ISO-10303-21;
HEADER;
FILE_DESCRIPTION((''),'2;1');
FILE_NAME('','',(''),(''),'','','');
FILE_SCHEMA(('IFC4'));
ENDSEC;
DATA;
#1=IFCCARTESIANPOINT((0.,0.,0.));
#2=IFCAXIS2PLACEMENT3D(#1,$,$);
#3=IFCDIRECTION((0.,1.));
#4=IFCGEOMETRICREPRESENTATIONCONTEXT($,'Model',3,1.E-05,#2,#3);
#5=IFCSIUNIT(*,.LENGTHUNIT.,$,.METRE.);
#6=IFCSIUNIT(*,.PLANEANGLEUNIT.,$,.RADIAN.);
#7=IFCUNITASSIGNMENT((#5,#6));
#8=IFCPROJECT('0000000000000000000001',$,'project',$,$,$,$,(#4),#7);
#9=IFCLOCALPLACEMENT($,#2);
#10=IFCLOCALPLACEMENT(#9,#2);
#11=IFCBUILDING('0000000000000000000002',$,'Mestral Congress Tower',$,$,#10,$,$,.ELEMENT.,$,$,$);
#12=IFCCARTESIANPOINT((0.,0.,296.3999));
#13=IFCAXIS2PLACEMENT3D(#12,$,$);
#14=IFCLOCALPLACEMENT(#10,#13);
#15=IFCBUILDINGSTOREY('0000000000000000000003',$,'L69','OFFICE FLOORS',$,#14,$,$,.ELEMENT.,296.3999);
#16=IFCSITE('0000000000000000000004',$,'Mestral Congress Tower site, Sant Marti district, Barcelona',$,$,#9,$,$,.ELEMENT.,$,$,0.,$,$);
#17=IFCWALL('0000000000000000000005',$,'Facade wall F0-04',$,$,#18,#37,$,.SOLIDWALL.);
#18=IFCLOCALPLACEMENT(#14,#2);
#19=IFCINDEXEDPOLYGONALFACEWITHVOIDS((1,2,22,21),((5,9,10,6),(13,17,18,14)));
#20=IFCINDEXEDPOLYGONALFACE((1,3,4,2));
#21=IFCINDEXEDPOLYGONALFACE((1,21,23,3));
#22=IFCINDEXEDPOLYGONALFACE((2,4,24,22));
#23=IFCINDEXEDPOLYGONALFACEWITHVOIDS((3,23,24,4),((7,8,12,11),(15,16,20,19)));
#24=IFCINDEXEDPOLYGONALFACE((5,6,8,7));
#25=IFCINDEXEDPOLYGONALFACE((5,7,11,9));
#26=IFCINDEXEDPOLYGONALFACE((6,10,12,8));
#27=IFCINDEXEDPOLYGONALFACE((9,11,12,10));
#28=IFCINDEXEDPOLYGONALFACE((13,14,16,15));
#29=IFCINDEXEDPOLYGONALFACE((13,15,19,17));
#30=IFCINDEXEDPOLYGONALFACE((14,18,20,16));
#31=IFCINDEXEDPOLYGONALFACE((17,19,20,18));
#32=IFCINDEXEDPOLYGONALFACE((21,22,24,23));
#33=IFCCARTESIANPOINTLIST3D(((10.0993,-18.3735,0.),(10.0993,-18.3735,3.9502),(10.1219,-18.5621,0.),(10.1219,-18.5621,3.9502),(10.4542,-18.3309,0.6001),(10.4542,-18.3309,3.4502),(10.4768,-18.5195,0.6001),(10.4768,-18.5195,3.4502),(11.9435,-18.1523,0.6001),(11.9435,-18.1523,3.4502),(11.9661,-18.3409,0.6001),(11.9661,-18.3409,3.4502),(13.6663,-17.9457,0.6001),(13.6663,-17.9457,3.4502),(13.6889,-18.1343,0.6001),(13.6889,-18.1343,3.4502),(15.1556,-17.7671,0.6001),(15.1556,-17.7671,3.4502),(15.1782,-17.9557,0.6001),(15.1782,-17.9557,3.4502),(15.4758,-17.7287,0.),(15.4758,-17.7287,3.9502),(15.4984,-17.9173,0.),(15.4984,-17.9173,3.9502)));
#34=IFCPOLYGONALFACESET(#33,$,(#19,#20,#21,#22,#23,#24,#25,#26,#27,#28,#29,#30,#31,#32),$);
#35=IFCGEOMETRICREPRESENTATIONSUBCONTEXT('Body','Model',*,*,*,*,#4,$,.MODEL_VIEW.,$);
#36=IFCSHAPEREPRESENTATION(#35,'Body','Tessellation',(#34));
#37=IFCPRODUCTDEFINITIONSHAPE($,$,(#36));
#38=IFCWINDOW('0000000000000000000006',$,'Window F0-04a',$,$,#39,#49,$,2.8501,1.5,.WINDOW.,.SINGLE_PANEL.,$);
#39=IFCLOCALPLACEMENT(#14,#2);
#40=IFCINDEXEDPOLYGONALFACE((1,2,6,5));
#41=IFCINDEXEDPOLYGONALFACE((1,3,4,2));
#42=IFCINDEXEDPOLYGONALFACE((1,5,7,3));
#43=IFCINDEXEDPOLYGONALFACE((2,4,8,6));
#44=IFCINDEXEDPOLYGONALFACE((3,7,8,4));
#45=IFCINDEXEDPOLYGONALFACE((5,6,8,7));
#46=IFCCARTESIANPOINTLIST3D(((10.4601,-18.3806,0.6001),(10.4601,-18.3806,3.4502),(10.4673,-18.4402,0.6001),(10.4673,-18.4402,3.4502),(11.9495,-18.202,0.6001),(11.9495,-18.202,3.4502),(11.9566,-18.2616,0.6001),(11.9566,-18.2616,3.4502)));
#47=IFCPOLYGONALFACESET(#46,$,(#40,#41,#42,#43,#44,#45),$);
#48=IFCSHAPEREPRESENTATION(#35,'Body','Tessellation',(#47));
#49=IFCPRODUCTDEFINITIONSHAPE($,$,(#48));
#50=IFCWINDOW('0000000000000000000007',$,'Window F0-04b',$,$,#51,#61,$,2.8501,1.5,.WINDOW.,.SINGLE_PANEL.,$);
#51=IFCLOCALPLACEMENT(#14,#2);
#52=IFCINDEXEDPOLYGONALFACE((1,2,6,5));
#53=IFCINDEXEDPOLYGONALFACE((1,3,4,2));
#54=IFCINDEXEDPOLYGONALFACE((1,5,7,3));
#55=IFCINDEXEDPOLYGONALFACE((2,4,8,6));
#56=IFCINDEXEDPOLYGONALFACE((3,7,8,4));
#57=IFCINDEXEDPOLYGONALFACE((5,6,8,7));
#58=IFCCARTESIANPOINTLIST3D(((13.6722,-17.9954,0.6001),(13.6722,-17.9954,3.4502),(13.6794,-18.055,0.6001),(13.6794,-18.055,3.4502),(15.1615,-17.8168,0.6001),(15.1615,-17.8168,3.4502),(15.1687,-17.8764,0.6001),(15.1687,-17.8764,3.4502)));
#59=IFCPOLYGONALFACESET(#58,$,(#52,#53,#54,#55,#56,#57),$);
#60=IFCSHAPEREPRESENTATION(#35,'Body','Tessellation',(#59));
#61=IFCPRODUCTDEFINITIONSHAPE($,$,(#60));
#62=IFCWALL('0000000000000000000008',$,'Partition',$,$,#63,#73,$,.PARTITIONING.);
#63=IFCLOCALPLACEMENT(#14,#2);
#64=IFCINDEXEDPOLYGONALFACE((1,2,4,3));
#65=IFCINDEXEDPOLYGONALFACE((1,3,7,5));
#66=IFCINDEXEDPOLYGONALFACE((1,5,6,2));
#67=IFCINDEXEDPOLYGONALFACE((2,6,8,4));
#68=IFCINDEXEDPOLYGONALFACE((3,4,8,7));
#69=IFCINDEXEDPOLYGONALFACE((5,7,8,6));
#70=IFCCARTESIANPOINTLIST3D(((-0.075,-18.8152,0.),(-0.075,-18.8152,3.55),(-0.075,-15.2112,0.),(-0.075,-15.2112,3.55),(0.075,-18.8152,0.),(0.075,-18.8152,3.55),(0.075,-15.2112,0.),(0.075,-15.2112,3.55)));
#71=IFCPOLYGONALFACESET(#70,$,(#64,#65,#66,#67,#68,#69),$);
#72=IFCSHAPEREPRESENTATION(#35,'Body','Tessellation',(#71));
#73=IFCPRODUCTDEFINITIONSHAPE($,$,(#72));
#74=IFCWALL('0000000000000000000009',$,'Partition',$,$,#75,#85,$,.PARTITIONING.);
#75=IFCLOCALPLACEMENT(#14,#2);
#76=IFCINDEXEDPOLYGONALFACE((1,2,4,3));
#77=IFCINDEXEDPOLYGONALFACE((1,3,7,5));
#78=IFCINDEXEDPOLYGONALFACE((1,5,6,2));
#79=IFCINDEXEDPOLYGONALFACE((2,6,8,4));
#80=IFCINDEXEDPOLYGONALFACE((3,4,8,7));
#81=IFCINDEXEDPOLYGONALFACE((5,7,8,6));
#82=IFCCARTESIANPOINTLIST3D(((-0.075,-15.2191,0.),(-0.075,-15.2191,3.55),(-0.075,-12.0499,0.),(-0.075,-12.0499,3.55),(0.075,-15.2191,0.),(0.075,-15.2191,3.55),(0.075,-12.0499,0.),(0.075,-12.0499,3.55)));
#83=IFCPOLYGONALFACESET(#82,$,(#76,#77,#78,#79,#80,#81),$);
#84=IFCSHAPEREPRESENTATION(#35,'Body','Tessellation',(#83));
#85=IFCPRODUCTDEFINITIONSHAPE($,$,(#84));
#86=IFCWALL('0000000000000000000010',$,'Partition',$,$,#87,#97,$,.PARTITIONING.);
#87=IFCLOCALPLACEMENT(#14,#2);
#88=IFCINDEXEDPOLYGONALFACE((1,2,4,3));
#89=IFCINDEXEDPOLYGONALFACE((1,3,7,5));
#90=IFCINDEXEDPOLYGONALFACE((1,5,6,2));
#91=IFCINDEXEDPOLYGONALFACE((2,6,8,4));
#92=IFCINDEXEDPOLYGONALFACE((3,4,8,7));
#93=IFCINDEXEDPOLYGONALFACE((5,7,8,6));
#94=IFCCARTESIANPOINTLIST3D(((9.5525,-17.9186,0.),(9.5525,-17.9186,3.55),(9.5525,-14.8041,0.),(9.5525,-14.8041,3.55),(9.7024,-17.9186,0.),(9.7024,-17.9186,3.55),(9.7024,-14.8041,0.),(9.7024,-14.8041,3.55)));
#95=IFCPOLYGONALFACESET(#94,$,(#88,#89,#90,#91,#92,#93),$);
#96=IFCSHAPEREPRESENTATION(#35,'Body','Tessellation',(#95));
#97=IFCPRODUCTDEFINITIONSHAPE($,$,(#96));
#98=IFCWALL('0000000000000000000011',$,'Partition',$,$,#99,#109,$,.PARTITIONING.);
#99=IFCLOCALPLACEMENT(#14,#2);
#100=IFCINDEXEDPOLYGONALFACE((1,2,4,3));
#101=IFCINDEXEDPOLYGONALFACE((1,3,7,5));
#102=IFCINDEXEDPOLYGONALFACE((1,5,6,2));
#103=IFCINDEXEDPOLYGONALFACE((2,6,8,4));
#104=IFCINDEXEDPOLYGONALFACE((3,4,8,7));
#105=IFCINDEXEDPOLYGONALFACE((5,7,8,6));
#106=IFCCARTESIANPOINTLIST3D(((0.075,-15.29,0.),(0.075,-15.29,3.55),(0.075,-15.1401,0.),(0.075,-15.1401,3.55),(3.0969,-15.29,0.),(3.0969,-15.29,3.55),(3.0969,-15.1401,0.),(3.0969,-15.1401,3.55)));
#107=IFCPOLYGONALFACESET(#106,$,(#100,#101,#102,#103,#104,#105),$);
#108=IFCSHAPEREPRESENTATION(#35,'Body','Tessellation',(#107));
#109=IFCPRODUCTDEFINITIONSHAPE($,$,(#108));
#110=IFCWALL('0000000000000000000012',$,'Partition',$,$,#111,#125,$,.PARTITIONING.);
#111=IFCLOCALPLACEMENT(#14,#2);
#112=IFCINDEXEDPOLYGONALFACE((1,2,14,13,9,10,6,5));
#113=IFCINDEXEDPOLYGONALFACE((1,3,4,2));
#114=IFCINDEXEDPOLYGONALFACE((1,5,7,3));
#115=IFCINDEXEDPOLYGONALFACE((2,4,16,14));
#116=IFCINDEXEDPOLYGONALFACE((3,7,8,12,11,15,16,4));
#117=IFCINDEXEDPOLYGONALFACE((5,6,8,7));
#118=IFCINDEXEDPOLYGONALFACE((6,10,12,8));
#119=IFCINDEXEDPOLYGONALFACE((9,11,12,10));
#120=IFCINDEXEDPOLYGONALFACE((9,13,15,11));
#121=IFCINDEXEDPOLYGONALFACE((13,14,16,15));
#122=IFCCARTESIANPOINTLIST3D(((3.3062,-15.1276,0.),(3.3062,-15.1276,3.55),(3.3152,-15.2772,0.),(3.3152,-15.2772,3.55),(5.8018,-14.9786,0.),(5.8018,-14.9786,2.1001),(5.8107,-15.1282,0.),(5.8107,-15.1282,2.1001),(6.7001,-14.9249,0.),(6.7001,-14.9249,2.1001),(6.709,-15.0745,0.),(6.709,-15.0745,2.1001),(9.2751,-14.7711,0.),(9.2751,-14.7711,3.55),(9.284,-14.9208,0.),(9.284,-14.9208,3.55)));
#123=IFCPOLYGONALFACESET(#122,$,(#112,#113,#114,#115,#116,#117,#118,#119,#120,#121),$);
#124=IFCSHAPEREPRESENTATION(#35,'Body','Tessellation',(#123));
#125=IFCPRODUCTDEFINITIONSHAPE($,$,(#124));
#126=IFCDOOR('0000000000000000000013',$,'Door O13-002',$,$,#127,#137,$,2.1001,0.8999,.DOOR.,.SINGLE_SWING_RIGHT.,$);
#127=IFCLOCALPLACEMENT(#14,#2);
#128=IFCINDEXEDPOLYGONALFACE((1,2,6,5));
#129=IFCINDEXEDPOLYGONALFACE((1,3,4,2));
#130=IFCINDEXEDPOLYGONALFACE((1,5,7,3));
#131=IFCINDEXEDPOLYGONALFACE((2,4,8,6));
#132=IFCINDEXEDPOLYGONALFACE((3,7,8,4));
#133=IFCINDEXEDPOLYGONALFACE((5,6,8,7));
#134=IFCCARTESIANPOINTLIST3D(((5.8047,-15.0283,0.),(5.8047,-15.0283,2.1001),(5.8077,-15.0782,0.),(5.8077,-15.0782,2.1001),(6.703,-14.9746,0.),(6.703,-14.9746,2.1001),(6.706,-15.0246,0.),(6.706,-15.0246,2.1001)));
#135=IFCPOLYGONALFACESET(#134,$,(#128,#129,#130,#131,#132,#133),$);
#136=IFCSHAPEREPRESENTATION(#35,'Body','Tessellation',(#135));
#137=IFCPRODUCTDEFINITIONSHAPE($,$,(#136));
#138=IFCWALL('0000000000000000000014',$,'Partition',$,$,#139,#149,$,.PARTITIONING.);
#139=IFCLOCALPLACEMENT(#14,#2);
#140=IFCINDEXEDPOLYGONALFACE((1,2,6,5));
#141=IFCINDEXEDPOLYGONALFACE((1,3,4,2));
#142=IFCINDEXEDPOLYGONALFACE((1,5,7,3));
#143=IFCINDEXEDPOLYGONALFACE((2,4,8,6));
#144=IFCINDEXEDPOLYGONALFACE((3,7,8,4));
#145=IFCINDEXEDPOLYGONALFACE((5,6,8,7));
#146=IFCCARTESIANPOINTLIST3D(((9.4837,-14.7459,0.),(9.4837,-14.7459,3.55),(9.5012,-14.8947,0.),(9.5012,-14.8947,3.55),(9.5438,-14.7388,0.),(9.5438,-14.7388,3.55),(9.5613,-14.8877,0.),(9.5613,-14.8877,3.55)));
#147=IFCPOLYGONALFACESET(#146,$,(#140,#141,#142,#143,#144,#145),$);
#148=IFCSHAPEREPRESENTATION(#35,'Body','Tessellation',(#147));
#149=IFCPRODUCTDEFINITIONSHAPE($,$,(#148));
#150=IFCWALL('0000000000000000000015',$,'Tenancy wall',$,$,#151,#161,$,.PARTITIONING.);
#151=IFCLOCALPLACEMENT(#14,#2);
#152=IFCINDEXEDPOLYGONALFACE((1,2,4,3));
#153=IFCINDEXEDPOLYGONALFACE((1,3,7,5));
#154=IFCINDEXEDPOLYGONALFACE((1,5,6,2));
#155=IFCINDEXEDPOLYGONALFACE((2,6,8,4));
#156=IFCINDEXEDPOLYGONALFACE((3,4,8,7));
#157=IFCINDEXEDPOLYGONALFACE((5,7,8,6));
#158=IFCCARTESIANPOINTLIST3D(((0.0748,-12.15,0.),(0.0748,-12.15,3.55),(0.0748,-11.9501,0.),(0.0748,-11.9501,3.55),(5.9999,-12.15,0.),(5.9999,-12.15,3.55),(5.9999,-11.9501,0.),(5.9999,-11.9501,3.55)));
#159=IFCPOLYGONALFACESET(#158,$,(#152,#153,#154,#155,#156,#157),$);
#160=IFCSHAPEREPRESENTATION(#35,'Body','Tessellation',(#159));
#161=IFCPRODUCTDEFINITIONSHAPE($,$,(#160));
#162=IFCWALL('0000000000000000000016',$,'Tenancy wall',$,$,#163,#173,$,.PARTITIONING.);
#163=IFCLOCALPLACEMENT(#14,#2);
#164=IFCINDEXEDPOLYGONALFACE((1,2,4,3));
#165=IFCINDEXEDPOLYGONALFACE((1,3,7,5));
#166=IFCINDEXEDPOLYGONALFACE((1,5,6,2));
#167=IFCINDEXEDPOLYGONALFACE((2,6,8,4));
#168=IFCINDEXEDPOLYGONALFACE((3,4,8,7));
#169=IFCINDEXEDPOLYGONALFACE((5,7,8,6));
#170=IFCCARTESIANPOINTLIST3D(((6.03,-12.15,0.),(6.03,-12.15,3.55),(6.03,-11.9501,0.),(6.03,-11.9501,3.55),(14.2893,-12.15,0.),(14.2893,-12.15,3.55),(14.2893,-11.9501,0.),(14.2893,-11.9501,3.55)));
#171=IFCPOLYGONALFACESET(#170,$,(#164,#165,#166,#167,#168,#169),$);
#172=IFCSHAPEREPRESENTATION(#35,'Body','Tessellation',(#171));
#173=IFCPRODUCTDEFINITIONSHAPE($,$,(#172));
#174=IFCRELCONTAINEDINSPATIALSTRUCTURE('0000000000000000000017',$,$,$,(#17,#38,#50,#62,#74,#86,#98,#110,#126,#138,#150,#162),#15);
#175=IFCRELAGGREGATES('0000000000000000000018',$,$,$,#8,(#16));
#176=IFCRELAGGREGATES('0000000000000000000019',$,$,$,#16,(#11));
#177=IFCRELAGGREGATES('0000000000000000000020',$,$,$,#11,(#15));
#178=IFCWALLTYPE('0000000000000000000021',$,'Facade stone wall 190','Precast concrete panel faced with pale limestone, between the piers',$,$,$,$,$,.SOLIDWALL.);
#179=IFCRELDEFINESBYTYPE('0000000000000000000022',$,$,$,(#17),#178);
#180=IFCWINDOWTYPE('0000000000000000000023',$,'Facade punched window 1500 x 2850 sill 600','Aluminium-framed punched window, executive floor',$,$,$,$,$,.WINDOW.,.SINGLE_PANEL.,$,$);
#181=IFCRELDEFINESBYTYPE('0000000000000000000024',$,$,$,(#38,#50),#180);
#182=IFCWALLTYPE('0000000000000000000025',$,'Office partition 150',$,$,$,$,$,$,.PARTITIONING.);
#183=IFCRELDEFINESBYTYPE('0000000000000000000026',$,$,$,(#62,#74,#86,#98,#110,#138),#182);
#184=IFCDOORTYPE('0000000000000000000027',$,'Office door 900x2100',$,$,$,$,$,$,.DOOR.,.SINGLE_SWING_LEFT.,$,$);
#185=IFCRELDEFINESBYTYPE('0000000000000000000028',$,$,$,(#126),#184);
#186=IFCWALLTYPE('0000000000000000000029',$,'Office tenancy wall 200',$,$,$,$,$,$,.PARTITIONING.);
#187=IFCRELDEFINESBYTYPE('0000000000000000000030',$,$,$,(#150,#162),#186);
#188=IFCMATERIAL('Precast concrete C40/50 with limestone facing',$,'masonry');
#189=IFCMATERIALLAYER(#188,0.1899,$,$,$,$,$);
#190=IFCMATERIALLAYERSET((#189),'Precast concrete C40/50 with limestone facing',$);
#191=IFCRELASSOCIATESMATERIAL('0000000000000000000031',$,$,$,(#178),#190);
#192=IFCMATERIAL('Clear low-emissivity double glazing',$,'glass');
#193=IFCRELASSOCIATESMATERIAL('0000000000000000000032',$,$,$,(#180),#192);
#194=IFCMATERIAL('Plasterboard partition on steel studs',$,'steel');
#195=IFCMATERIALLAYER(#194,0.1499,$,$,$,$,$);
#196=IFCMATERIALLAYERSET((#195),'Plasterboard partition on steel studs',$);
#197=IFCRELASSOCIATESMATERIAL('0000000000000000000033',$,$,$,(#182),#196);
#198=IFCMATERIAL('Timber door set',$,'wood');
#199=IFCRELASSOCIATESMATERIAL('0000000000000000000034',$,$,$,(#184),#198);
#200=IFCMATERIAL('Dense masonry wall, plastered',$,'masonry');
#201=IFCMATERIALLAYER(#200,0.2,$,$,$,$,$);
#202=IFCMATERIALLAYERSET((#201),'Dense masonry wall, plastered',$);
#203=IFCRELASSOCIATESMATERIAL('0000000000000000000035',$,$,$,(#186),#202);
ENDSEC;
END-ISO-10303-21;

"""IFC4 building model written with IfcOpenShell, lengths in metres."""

from ifc_helpers import new_model, si_unit, direction, frame, frame_2d, origin, place, context, subcontext, project, spatial, rectangle, extrude, material, layer, layer_set, type_object, element, fill, save


model = new_model("IFC4")

# Units and contexts
model_context = context("Model", 3, precision=1e-05, world=origin(), true_north=direction((0.0, 1.0)))
body_context = subcontext(model_context, "Body", "Model", "MODEL_VIEW")
ifc_project = project(units=[si_unit("LENGTHUNIT", "METRE"), si_unit("PLANEANGLEUNIT", "RADIAN")], contexts=[model_context])

# Site, building, storey
site_placement = place(None, origin())
site = spatial("IfcSite", under=ifc_project, at=site_placement, Name="Mestral Congress Tower site, Sant Marti district, Barcelona", CompositionType="ELEMENT", RefElevation=0.0)
building_placement = place(site_placement, origin())
building = spatial("IfcBuilding", under=site, at=building_placement, Name="Mestral Congress Tower", CompositionType="ELEMENT")
storey_placement = place(building_placement, frame((0.0, 0.0, 296.3999)))
storey = spatial("IfcBuildingStorey", under=building, at=storey_placement, Name="L69", Description="OFFICE FLOORS", CompositionType="ELEMENT", Elevation=296.3999)

# Wall, openings, windows
ifc_material_1 = material(Name="Precast concrete C40/50 with limestone facing", Category="masonry")
ifc_layer_1 = layer(ifc_material_1, 0.1899)
ifc_layer_set_1 = layer_set([ifc_layer_1], Name="Precast concrete C40/50 with limestone facing")
wall_type_1 = type_object("IfcWallType", Name="Facade stone wall 190", Description="Precast concrete panel faced with pale limestone, between the piers", PredefinedType="SOLIDWALL", material=ifc_layer_set_1)
ifc_material_2 = material(Name="Clear low-emissivity double glazing", Category="glass")
window_type = type_object("IfcWindowType", Name="Facade punched window 1500 x 2850 sill 600", Description="Aluminium-framed punched window, executive floor", PartitioningType="SINGLE_PANEL", PredefinedType="WINDOW", material=ifc_material_2)
wall_1_placement = place(storey_placement, frame((10.1106, -18.4678, 0.0), z_axis=(0.0, 0.0, 1.0), x_axis=(0.992886, 0.119072, 0.0)))
wall_1 = element("IfcWall", 1, at=wall_1_placement, inside=storey, type_object=wall_type_1, Name="Facade wall F0-04", PredefinedType="SOLIDWALL", context=body_context, shape_type="SweptSolid", body=[
    extrude(rectangle(XDim=5.415, YDim=0.1899, at=frame_2d((2.7075, 0.0))), origin(), (0.0, 0.0, 1.0), 3.9502),
])
opening_1_placement = place(wall_1_placement, frame((0.3574, 0.0, 0.6001)))
opening_1 = element("IfcOpeningElement", 2, at=opening_1_placement, cuts=wall_1, PredefinedType="OPENING", context=body_context, shape_type="SweptSolid", body=[
    extrude(rectangle(XDim=1.5, YDim=2.8501, at=frame_2d((0.75, 1.425))), frame((0.0, 0.105, 0.0), z_axis=(0.0, -1.0, 0.0), x_axis=(1.0, 0.0, 0.0)), (0.0, 0.0, 1.0), 0.21),
])
opening_2_placement = place(wall_1_placement, frame((3.5925, 0.0, 0.6001)))
opening_2 = element("IfcOpeningElement", 3, at=opening_2_placement, cuts=wall_1, PredefinedType="OPENING", context=body_context, shape_type="SweptSolid", body=[
    extrude(rectangle(XDim=1.5, YDim=2.8501, at=frame_2d((0.75, 1.425))), frame((0.0, 0.105, 0.0), z_axis=(0.0, -1.0, 0.0), x_axis=(1.0, 0.0, 0.0)), (0.0, 0.0, 1.0), 0.21),
])
window_1_placement = place(opening_1_placement, origin())
window_1 = element("IfcWindow", 4, at=window_1_placement, inside=storey, type_object=window_type, Name="Window F0-04a", OverallHeight=2.8501, OverallWidth=1.5, PartitioningType="SINGLE_PANEL", PredefinedType="WINDOW", context=body_context, shape_type="SweptSolid", body=[
    extrude(rectangle(XDim=1.5, YDim=2.8501, at=frame_2d((0.75, 1.425))), frame((0.0, 0.0449, 0.0), z_axis=(0.0, -1.0, 0.0), x_axis=(1.0, 0.0, 0.0)), (0.0, 0.0, 1.0), 0.0601),
])
fill(opening_1, window_1)
window_2_placement = place(opening_2_placement, origin())
window_2 = element("IfcWindow", 5, at=window_2_placement, inside=storey, type_object=window_type, Name="Window F0-04b", OverallHeight=2.8501, OverallWidth=1.5, PartitioningType="SINGLE_PANEL", PredefinedType="WINDOW", context=body_context, shape_type="SweptSolid", body=[
    extrude(rectangle(XDim=1.5, YDim=2.8501, at=frame_2d((0.75, 1.425))), frame((0.0, 0.0449, 0.0), z_axis=(0.0, -1.0, 0.0), x_axis=(1.0, 0.0, 0.0)), (0.0, 0.0, 1.0), 0.0601),
])
fill(opening_2, window_2)

# Walls
ifc_material_3 = material(Name="Plasterboard partition on steel studs", Category="steel")
ifc_layer_2 = layer(ifc_material_3, 0.1499)
ifc_layer_set_2 = layer_set([ifc_layer_2], Name="Plasterboard partition on steel studs")
wall_type_2 = type_object("IfcWallType", Name="Office partition 150", PredefinedType="PARTITIONING", material=ifc_layer_set_2)
wall_2_placement = place(storey_placement, frame((0.0, -15.2112, 0.0), z_axis=(0.0, 0.0, 1.0), x_axis=(0.0, -1.0, 0.0)))
element("IfcWall", 6, at=wall_2_placement, inside=storey, type_object=wall_type_2, Name="Partition", PredefinedType="PARTITIONING", context=body_context, shape_type="SweptSolid", body=[
    extrude(rectangle(XDim=3.604, YDim=0.1499, at=frame_2d((1.802, 0.0))), origin(), (0.0, 0.0, 1.0), 3.55),
])
wall_3_placement = place(storey_placement, frame((0.0, -12.05, 0.0), z_axis=(0.0, 0.0, 1.0), x_axis=(0.0, -1.0, 0.0)))
element("IfcWall", 7, at=wall_3_placement, inside=storey, type_object=wall_type_2, Name="Partition", PredefinedType="PARTITIONING", context=body_context, shape_type="SweptSolid", body=[
    extrude(rectangle(XDim=3.1692, YDim=0.1499, at=frame_2d((1.5845, 0.0))), origin(), (0.0, 0.0, 1.0), 3.55),
])
wall_4_placement = place(storey_placement, frame((9.6274, -14.8042, 0.0), z_axis=(0.0, 0.0, 1.0), x_axis=(0.0, -1.0, 0.0)))
element("IfcWall", 8, at=wall_4_placement, inside=storey, type_object=wall_type_2, Name="Partition", PredefinedType="PARTITIONING", context=body_context, shape_type="SweptSolid", body=[
    extrude(rectangle(XDim=3.1145, YDim=0.1499, at=frame_2d((1.5571, 0.0))), origin(), (0.0, 0.0, 1.0), 3.55),
])
wall_5_placement = place(storey_placement, frame((0.075, -15.2151, 0.0), z_axis=(0.0, 0.0, 1.0), x_axis=(1.0, 0.0, 0.0)))
element("IfcWall", 9, at=wall_5_placement, inside=storey, type_object=wall_type_2, Name="Partition", PredefinedType="PARTITIONING", context=body_context, shape_type="SweptSolid", body=[
    extrude(rectangle(XDim=3.022, YDim=0.1499, at=frame_2d((1.511, 0.0))), origin(), (0.0, 0.0, 1.0), 3.55),
])

# Wall, opening, door
wall_6_placement = place(storey_placement, frame((9.2795, -14.8459, 0.0), z_axis=(0.0, 0.0, 1.0), x_axis=(-0.998222, -0.059612, 0.0)))
wall_6 = element("IfcWall", 10, at=wall_6_placement, inside=storey, type_object=wall_type_2, Name="Partition", PredefinedType="PARTITIONING", context=body_context, shape_type="SweptSolid", body=[
    extrude(rectangle(XDim=5.9795, YDim=0.1499, at=frame_2d((2.9897, 0.0))), origin(), (0.0, 0.0, 1.0), 3.55),
])
opening_3_placement = place(wall_6_placement, frame((2.5796, 0.0, 0.0)))
opening_3 = element("IfcOpeningElement", 11, at=opening_3_placement, cuts=wall_6, PredefinedType="OPENING", context=body_context, shape_type="SweptSolid", body=[
    extrude(rectangle(XDim=0.8999, YDim=2.1001, at=frame_2d((0.45, 1.05))), frame((0.0, 0.085, 0.0), z_axis=(0.0, -1.0, 0.0), x_axis=(1.0, 0.0, 0.0)), (0.0, 0.0, 1.0), 0.1699),
])
ifc_material_4 = material(Name="Timber door set", Category="wood")
door_type = type_object("IfcDoorType", Name="Office door 900x2100", OperationType="SINGLE_SWING_LEFT", PredefinedType="DOOR", material=ifc_material_4)
door_placement = place(opening_3_placement, origin())
door = element("IfcDoor", 12, at=door_placement, inside=storey, type_object=door_type, Name="Door O13-002", OperationType="SINGLE_SWING_RIGHT", OverallHeight=2.1001, OverallWidth=0.8999, PredefinedType="DOOR", context=body_context, shape_type="SweptSolid", body=[
    extrude(rectangle(XDim=0.8999, YDim=2.1001, at=frame_2d((0.45, 1.05))), frame((0.0, 0.0249, 0.0), z_axis=(0.0, -1.0, 0.0), x_axis=(1.0, 0.0, 0.0)), (0.0, 0.0, 1.0), 0.05),
])
fill(opening_3, door)

# Walls
wall_7_placement = place(storey_placement, frame((9.4924, -14.8203, 0.0), z_axis=(0.0, 0.0, 1.0), x_axis=(0.993123, 0.117075, 0.0)))
element("IfcWall", 13, at=wall_7_placement, inside=storey, type_object=wall_type_2, Name="Partition", PredefinedType="PARTITIONING", context=body_context, shape_type="SweptSolid", body=[
    extrude(rectangle(XDim=0.0605, YDim=0.1499, at=frame_2d((0.0303, 0.0))), origin(), (0.0, 0.0, 1.0), 3.55),
])
ifc_material_5 = material(Name="Dense masonry wall, plastered", Category="masonry")
ifc_layer_3 = layer(ifc_material_5, 0.2)
ifc_layer_set_3 = layer_set([ifc_layer_3], Name="Dense masonry wall, plastered")
wall_type_3 = type_object("IfcWallType", Name="Office tenancy wall 200", PredefinedType="PARTITIONING", material=ifc_layer_set_3)
wall_8_placement = place(storey_placement, frame((0.075, -12.05, 0.0), z_axis=(0.0, 0.0, 1.0), x_axis=(1.0, 0.0, 0.0)))
element("IfcWall", 14, at=wall_8_placement, inside=storey, type_object=wall_type_3, Name="Tenancy wall", PredefinedType="PARTITIONING", context=body_context, shape_type="SweptSolid", body=[
    extrude(rectangle(XDim=5.925, YDim=0.2, at=frame_2d((2.9624, 0.0))), origin(), (0.0, 0.0, 1.0), 3.55),
])
wall_9_placement = place(storey_placement, frame((6.03, -12.05, 0.0), z_axis=(0.0, 0.0, 1.0), x_axis=(1.0, 0.0, 0.0)))
element("IfcWall", 15, at=wall_9_placement, inside=storey, type_object=wall_type_3, Name="Tenancy wall", PredefinedType="PARTITIONING", context=body_context, shape_type="SweptSolid", body=[
    extrude(rectangle(XDim=8.2593, YDim=0.2, at=frame_2d((4.1296, 0.0))), origin(), (0.0, 0.0, 1.0), 3.55),
])

save(model, "model.ifc")
